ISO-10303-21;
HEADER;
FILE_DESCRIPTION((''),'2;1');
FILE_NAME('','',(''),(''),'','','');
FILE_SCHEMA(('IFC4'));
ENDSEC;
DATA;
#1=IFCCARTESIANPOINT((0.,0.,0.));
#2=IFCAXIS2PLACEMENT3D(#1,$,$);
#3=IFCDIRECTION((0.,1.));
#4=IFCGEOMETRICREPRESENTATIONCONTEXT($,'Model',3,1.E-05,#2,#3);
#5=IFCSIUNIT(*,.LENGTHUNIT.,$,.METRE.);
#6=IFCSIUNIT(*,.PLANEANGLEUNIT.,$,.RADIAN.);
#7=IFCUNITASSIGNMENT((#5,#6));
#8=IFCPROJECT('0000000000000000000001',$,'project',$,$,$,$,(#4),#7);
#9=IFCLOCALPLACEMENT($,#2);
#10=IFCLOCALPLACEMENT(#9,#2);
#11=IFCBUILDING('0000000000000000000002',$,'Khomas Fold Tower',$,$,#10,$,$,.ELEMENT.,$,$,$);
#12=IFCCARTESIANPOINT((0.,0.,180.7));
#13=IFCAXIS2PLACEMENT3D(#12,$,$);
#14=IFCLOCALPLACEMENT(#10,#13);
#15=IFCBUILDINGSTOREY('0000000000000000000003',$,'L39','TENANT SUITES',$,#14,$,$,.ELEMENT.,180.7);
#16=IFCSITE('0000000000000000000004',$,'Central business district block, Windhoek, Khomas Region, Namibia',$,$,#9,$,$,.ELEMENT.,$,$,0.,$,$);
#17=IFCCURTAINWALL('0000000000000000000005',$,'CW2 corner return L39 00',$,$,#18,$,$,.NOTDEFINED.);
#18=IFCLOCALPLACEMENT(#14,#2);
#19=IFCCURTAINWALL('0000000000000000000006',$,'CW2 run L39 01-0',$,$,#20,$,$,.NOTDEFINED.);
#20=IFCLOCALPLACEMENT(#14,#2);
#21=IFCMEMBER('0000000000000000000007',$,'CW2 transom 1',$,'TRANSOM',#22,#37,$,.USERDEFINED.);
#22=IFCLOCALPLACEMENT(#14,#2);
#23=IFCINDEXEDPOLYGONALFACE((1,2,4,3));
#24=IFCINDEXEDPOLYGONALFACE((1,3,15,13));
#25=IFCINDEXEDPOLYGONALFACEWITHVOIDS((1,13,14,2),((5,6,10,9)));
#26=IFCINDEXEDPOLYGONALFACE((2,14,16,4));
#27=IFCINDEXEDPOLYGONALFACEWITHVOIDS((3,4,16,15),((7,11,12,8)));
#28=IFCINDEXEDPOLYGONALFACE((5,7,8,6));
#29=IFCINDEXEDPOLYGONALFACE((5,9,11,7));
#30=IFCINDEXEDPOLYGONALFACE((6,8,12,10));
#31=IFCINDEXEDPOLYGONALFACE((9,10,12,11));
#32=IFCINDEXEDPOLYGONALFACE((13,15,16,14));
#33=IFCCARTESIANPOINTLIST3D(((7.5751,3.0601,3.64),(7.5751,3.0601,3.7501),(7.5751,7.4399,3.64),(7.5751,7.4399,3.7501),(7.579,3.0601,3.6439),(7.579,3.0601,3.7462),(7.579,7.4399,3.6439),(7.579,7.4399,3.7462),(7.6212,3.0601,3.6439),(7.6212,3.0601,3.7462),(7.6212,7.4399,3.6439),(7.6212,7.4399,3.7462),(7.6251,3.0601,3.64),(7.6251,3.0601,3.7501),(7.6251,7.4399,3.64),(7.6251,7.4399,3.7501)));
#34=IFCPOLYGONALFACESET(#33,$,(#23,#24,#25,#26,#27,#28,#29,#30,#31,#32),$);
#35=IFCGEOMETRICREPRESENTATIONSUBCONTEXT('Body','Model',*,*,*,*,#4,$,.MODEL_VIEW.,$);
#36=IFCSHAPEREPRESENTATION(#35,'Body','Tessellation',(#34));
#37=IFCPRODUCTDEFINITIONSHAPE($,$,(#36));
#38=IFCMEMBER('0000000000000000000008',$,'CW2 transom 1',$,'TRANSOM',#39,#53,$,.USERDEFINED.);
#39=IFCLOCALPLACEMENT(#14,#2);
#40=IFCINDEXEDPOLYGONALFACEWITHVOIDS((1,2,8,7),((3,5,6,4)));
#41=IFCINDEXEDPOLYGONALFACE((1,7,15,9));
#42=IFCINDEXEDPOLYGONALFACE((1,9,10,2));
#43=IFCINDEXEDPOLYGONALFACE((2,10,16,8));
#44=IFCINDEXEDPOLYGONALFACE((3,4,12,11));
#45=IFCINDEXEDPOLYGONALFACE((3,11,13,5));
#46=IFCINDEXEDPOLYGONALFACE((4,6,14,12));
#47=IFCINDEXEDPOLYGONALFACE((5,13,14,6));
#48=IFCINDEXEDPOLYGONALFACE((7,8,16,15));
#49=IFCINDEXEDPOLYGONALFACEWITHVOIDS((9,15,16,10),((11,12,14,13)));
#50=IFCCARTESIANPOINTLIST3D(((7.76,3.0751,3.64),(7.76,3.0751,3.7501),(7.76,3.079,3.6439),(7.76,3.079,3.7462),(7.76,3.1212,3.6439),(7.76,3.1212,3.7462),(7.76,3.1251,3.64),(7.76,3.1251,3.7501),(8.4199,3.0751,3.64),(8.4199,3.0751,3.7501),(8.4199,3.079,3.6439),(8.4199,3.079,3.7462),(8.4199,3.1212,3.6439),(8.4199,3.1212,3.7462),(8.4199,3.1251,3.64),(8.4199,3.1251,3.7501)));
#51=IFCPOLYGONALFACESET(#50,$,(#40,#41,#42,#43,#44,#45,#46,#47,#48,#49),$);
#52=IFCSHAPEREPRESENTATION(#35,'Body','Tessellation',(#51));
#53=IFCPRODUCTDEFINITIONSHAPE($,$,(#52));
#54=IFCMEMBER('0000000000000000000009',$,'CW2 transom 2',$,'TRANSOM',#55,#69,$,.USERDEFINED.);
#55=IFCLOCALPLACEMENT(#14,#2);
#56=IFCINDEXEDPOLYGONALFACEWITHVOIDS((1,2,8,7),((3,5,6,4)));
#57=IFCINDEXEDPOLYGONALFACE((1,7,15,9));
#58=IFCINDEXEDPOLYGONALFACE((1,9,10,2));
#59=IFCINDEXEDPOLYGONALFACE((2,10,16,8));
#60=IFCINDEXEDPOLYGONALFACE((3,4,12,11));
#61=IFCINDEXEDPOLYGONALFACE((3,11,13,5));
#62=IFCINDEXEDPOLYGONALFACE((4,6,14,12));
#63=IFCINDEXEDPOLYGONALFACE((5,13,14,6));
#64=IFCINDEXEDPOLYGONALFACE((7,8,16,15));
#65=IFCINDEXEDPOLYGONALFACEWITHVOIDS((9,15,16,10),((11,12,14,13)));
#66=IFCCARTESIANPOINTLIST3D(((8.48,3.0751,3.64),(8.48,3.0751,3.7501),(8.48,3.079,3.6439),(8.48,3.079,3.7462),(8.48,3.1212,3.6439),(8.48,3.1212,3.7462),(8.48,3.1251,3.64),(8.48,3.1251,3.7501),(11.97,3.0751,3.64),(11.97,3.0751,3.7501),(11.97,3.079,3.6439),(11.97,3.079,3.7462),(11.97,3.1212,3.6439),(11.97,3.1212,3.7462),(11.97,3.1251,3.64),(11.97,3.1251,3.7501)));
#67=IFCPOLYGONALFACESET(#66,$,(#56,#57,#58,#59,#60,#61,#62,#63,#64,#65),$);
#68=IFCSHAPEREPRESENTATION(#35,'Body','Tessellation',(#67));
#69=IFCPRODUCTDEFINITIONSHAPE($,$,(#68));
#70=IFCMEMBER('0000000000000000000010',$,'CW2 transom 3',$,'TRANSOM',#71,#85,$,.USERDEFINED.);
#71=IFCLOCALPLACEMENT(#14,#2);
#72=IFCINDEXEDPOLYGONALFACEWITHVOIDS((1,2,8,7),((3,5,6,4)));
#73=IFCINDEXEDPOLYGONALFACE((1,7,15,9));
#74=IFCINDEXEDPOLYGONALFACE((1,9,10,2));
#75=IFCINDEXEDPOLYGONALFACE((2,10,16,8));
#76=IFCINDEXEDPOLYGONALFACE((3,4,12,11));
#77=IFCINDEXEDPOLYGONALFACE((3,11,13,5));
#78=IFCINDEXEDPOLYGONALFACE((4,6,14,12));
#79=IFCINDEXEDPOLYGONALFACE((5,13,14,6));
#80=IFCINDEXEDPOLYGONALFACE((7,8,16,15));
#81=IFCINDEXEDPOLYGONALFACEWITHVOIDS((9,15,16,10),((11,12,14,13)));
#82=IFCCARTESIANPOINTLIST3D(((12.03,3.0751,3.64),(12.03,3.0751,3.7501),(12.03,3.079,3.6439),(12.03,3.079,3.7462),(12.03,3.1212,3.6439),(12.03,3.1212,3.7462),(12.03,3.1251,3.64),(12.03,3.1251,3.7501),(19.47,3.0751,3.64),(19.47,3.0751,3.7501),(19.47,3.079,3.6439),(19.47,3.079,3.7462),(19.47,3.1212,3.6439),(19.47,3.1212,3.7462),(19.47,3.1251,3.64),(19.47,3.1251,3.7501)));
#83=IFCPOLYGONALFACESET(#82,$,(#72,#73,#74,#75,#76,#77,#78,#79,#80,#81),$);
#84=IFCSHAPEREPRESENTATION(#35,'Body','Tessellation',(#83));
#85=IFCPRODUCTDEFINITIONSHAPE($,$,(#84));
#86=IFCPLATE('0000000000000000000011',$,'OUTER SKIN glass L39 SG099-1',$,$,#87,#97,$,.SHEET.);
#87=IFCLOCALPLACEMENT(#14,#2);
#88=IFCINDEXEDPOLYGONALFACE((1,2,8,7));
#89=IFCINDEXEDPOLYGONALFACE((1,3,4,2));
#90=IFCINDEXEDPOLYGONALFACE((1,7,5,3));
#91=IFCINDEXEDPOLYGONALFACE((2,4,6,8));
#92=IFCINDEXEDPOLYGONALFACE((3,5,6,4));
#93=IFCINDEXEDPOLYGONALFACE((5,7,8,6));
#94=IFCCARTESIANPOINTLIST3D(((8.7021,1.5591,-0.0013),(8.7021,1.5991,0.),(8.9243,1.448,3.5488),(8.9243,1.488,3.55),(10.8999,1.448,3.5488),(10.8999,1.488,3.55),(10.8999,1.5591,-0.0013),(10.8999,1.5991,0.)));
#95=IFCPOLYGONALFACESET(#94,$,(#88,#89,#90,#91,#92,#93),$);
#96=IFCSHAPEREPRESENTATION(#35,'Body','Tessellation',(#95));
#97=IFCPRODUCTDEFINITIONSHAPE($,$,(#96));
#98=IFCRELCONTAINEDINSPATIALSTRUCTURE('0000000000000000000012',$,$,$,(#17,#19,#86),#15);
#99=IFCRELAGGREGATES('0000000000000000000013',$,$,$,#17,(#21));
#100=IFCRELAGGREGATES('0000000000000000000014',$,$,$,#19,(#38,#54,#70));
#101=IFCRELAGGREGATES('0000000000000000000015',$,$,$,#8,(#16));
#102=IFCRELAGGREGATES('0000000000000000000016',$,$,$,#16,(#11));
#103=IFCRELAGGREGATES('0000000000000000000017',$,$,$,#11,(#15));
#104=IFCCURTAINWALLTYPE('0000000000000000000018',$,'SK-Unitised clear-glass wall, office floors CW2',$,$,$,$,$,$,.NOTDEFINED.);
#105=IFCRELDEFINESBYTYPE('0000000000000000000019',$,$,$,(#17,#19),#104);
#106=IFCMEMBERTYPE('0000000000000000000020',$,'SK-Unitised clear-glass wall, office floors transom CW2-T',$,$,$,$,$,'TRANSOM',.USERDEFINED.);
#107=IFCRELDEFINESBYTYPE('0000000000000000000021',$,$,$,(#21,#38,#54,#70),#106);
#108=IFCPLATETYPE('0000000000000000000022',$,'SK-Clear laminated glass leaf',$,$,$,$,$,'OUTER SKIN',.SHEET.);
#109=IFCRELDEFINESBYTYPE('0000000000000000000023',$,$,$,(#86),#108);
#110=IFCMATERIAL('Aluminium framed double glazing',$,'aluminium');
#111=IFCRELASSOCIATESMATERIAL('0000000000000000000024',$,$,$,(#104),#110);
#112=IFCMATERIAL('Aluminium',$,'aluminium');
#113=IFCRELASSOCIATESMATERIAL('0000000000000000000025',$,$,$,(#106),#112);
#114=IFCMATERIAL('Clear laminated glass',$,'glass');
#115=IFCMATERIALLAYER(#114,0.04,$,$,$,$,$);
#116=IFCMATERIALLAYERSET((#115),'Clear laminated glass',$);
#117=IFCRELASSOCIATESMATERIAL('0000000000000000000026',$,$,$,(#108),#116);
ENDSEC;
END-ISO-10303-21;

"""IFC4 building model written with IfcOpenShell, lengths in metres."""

from ifc_helpers import new_model, si_unit, direction, frame, origin, origin_2d, place, context, subcontext, project, spatial, polyline, hollow_rectangle, outline, extrude, source, transform, mapped, material, layer, layer_set, material_profile, profile_set, type_object, element, aggregate, save


model = new_model("IFC4")

# Units and contexts
model_context = context("Model", 3, precision=1e-05, world=origin(), true_north=direction((0.0, 1.0)))
body_context = subcontext(model_context, "Body", "Model", "MODEL_VIEW")
ifc_project = project(units=[si_unit("LENGTHUNIT", "METRE"), si_unit("PLANEANGLEUNIT", "RADIAN")], contexts=[model_context])

# Site, building, storey
site_placement = place(None, origin())
site = spatial("IfcSite", under=ifc_project, at=site_placement, Name="Central business district block, Windhoek, Khomas Region, Namibia", CompositionType="ELEMENT", RefElevation=0.0)
building_placement = place(site_placement, origin())
building = spatial("IfcBuilding", under=site, at=building_placement, Name="Khomas Fold Tower", CompositionType="ELEMENT")
storey_placement = place(building_placement, frame((0.0, 0.0, 180.7)))
storey = spatial("IfcBuildingStorey", under=building, at=storey_placement, Name="L39", Description="TENANT SUITES", CompositionType="ELEMENT", Elevation=180.7)

# Curtain wall
ifc_material_1 = material(Name="Aluminium framed double glazing", Category="aluminium")
curtain_wall_type = type_object("IfcCurtainWallType", Name="SK-Unitised clear-glass wall, office floors CW2", PredefinedType="NOTDEFINED", material=ifc_material_1)
curtain_wall_1_placement = place(storey_placement, origin())
curtain_wall_1 = element("IfcCurtainWall", 1, at=curtain_wall_1_placement, inside=storey, type_object=curtain_wall_type, Name="CW2 corner return L39 00", PredefinedType="NOTDEFINED")

# Curtain wall
curtain_wall_2_placement = place(storey_placement, origin())
curtain_wall_2 = element("IfcCurtainWall", 2, at=curtain_wall_2_placement, inside=storey, type_object=curtain_wall_type, Name="CW2 run L39 01-0", PredefinedType="NOTDEFINED")

# Members
ifc_material_2 = material(Name="Aluminium", Category="aluminium")
ifc_material_profile_1 = material_profile(ifc_material_2, hollow_rectangle(XDim=0.05, YDim=0.1101, WallThickness=0.0039, at=origin_2d()), Name="SK-Unitised clear-glass wall, office floors transom CW2-T")
ifc_profile_set_1 = profile_set([ifc_material_profile_1], Name="Aluminium")
member_type_1 = type_object("IfcMemberType", Name="SK-Unitised clear-glass wall, office floors transom CW2-T", ElementType="TRANSOM", PredefinedType="USERDEFINED", material=ifc_profile_set_1)
shared_shape_1 = source(origin(), body_context, "Body", "SweptSolid", [
    extrude(hollow_rectangle(XDim=0.05, YDim=0.1101, WallThickness=0.0039, at=origin_2d()), origin(), (0.0, 0.0, 1.0), 4.3799),
])
member_1_placement = place(storey_placement, frame((7.6001, 7.4399, 3.6951), z_axis=(0.0, -1.0, 0.0), x_axis=(1.0, 0.0, 0.0)))
member_1 = element("IfcMember", 3, at=member_1_placement, type_object=member_type_1, Name="CW2 transom 1", ObjectType="TRANSOM", PredefinedType="USERDEFINED", context=body_context, shape_type="MappedRepresentation", body=[
    mapped(shared_shape_1, transform((0.0, 0.0, 0.0))),
])
shared_shape_2 = source(origin(), body_context, "Body", "SweptSolid", [
    extrude(hollow_rectangle(XDim=0.05, YDim=0.1101, WallThickness=0.0039, at=origin_2d()), origin(), (0.0, 0.0, 1.0), 0.6599),
])
member_2_placement = place(storey_placement, frame((7.76, 3.1001, 3.6951), z_axis=(1.0, 0.0, 0.0), x_axis=(0.0, 1.0, 0.0)))
member_2 = element("IfcMember", 4, at=member_2_placement, type_object=member_type_1, Name="CW2 transom 1", ObjectType="TRANSOM", PredefinedType="USERDEFINED", context=body_context, shape_type="MappedRepresentation", body=[
    mapped(shared_shape_2, transform((0.0, 0.0, 0.0))),
])
shared_shape_3 = source(origin(), body_context, "Body", "SweptSolid", [
    extrude(hollow_rectangle(XDim=0.05, YDim=0.1101, WallThickness=0.0039, at=origin_2d()), origin(), (0.0, 0.0, 1.0), 3.49),
])
member_3_placement = place(storey_placement, frame((8.48, 3.1001, 3.6951), z_axis=(1.0, 0.0, 0.0), x_axis=(0.0, 1.0, 0.0)))
member_3 = element("IfcMember", 5, at=member_3_placement, type_object=member_type_1, Name="CW2 transom 2", ObjectType="TRANSOM", PredefinedType="USERDEFINED", context=body_context, shape_type="MappedRepresentation", body=[
    mapped(shared_shape_3, transform((0.0, 0.0, 0.0))),
])
shared_shape_4 = source(origin(), body_context, "Body", "SweptSolid", [
    extrude(hollow_rectangle(XDim=0.05, YDim=0.1101, WallThickness=0.0039, at=origin_2d()), origin(), (0.0, 0.0, 1.0), 7.4399),
])
member_4_placement = place(storey_placement, frame((12.03, 3.1001, 3.6951), z_axis=(1.0, 0.0, 0.0), x_axis=(0.0, 1.0, 0.0)))
member_4 = element("IfcMember", 6, at=member_4_placement, type_object=member_type_1, Name="CW2 transom 3", ObjectType="TRANSOM", PredefinedType="USERDEFINED", context=body_context, shape_type="MappedRepresentation", body=[
    mapped(shared_shape_4, transform((0.0, 0.0, 0.0))),
])

# Plate
ifc_material_3 = material(Name="Clear laminated glass", Category="glass")
ifc_layer_1 = layer(ifc_material_3, 0.04)
ifc_layer_set_1 = layer_set([ifc_layer_1], Name="Clear laminated glass")
plate_type_1 = type_object("IfcPlateType", Name="SK-Clear laminated glass leaf", ElementType="OUTER SKIN", PredefinedType="SHEET", material=ifc_layer_set_1)
plate_1_placement = place(storey_placement, frame((10.8999, 1.5991, 0.0), z_axis=(0.0, 0.999511, 0.031276), x_axis=(-1.0, 0.0, 0.0)))
element("IfcPlate", 7, at=plate_1_placement, inside=storey, type_object=plate_type_1, Name="OUTER SKIN glass L39 SG099-1", PredefinedType="SHEET", context=body_context, shape_type="SweptSolid", body=[
    extrude(outline(polyline([(0.0, 0.0), (2.1978, 0.0), (1.9756, 3.5518), (0.0, 3.5518), (0.0, 0.0)])), origin(), (0.0, 0.0, -1.0), 0.04),
])

aggregate(curtain_wall_1, [member_1])
aggregate(curtain_wall_2, [member_2, member_3, member_4])

save(model, "model.ifc")
